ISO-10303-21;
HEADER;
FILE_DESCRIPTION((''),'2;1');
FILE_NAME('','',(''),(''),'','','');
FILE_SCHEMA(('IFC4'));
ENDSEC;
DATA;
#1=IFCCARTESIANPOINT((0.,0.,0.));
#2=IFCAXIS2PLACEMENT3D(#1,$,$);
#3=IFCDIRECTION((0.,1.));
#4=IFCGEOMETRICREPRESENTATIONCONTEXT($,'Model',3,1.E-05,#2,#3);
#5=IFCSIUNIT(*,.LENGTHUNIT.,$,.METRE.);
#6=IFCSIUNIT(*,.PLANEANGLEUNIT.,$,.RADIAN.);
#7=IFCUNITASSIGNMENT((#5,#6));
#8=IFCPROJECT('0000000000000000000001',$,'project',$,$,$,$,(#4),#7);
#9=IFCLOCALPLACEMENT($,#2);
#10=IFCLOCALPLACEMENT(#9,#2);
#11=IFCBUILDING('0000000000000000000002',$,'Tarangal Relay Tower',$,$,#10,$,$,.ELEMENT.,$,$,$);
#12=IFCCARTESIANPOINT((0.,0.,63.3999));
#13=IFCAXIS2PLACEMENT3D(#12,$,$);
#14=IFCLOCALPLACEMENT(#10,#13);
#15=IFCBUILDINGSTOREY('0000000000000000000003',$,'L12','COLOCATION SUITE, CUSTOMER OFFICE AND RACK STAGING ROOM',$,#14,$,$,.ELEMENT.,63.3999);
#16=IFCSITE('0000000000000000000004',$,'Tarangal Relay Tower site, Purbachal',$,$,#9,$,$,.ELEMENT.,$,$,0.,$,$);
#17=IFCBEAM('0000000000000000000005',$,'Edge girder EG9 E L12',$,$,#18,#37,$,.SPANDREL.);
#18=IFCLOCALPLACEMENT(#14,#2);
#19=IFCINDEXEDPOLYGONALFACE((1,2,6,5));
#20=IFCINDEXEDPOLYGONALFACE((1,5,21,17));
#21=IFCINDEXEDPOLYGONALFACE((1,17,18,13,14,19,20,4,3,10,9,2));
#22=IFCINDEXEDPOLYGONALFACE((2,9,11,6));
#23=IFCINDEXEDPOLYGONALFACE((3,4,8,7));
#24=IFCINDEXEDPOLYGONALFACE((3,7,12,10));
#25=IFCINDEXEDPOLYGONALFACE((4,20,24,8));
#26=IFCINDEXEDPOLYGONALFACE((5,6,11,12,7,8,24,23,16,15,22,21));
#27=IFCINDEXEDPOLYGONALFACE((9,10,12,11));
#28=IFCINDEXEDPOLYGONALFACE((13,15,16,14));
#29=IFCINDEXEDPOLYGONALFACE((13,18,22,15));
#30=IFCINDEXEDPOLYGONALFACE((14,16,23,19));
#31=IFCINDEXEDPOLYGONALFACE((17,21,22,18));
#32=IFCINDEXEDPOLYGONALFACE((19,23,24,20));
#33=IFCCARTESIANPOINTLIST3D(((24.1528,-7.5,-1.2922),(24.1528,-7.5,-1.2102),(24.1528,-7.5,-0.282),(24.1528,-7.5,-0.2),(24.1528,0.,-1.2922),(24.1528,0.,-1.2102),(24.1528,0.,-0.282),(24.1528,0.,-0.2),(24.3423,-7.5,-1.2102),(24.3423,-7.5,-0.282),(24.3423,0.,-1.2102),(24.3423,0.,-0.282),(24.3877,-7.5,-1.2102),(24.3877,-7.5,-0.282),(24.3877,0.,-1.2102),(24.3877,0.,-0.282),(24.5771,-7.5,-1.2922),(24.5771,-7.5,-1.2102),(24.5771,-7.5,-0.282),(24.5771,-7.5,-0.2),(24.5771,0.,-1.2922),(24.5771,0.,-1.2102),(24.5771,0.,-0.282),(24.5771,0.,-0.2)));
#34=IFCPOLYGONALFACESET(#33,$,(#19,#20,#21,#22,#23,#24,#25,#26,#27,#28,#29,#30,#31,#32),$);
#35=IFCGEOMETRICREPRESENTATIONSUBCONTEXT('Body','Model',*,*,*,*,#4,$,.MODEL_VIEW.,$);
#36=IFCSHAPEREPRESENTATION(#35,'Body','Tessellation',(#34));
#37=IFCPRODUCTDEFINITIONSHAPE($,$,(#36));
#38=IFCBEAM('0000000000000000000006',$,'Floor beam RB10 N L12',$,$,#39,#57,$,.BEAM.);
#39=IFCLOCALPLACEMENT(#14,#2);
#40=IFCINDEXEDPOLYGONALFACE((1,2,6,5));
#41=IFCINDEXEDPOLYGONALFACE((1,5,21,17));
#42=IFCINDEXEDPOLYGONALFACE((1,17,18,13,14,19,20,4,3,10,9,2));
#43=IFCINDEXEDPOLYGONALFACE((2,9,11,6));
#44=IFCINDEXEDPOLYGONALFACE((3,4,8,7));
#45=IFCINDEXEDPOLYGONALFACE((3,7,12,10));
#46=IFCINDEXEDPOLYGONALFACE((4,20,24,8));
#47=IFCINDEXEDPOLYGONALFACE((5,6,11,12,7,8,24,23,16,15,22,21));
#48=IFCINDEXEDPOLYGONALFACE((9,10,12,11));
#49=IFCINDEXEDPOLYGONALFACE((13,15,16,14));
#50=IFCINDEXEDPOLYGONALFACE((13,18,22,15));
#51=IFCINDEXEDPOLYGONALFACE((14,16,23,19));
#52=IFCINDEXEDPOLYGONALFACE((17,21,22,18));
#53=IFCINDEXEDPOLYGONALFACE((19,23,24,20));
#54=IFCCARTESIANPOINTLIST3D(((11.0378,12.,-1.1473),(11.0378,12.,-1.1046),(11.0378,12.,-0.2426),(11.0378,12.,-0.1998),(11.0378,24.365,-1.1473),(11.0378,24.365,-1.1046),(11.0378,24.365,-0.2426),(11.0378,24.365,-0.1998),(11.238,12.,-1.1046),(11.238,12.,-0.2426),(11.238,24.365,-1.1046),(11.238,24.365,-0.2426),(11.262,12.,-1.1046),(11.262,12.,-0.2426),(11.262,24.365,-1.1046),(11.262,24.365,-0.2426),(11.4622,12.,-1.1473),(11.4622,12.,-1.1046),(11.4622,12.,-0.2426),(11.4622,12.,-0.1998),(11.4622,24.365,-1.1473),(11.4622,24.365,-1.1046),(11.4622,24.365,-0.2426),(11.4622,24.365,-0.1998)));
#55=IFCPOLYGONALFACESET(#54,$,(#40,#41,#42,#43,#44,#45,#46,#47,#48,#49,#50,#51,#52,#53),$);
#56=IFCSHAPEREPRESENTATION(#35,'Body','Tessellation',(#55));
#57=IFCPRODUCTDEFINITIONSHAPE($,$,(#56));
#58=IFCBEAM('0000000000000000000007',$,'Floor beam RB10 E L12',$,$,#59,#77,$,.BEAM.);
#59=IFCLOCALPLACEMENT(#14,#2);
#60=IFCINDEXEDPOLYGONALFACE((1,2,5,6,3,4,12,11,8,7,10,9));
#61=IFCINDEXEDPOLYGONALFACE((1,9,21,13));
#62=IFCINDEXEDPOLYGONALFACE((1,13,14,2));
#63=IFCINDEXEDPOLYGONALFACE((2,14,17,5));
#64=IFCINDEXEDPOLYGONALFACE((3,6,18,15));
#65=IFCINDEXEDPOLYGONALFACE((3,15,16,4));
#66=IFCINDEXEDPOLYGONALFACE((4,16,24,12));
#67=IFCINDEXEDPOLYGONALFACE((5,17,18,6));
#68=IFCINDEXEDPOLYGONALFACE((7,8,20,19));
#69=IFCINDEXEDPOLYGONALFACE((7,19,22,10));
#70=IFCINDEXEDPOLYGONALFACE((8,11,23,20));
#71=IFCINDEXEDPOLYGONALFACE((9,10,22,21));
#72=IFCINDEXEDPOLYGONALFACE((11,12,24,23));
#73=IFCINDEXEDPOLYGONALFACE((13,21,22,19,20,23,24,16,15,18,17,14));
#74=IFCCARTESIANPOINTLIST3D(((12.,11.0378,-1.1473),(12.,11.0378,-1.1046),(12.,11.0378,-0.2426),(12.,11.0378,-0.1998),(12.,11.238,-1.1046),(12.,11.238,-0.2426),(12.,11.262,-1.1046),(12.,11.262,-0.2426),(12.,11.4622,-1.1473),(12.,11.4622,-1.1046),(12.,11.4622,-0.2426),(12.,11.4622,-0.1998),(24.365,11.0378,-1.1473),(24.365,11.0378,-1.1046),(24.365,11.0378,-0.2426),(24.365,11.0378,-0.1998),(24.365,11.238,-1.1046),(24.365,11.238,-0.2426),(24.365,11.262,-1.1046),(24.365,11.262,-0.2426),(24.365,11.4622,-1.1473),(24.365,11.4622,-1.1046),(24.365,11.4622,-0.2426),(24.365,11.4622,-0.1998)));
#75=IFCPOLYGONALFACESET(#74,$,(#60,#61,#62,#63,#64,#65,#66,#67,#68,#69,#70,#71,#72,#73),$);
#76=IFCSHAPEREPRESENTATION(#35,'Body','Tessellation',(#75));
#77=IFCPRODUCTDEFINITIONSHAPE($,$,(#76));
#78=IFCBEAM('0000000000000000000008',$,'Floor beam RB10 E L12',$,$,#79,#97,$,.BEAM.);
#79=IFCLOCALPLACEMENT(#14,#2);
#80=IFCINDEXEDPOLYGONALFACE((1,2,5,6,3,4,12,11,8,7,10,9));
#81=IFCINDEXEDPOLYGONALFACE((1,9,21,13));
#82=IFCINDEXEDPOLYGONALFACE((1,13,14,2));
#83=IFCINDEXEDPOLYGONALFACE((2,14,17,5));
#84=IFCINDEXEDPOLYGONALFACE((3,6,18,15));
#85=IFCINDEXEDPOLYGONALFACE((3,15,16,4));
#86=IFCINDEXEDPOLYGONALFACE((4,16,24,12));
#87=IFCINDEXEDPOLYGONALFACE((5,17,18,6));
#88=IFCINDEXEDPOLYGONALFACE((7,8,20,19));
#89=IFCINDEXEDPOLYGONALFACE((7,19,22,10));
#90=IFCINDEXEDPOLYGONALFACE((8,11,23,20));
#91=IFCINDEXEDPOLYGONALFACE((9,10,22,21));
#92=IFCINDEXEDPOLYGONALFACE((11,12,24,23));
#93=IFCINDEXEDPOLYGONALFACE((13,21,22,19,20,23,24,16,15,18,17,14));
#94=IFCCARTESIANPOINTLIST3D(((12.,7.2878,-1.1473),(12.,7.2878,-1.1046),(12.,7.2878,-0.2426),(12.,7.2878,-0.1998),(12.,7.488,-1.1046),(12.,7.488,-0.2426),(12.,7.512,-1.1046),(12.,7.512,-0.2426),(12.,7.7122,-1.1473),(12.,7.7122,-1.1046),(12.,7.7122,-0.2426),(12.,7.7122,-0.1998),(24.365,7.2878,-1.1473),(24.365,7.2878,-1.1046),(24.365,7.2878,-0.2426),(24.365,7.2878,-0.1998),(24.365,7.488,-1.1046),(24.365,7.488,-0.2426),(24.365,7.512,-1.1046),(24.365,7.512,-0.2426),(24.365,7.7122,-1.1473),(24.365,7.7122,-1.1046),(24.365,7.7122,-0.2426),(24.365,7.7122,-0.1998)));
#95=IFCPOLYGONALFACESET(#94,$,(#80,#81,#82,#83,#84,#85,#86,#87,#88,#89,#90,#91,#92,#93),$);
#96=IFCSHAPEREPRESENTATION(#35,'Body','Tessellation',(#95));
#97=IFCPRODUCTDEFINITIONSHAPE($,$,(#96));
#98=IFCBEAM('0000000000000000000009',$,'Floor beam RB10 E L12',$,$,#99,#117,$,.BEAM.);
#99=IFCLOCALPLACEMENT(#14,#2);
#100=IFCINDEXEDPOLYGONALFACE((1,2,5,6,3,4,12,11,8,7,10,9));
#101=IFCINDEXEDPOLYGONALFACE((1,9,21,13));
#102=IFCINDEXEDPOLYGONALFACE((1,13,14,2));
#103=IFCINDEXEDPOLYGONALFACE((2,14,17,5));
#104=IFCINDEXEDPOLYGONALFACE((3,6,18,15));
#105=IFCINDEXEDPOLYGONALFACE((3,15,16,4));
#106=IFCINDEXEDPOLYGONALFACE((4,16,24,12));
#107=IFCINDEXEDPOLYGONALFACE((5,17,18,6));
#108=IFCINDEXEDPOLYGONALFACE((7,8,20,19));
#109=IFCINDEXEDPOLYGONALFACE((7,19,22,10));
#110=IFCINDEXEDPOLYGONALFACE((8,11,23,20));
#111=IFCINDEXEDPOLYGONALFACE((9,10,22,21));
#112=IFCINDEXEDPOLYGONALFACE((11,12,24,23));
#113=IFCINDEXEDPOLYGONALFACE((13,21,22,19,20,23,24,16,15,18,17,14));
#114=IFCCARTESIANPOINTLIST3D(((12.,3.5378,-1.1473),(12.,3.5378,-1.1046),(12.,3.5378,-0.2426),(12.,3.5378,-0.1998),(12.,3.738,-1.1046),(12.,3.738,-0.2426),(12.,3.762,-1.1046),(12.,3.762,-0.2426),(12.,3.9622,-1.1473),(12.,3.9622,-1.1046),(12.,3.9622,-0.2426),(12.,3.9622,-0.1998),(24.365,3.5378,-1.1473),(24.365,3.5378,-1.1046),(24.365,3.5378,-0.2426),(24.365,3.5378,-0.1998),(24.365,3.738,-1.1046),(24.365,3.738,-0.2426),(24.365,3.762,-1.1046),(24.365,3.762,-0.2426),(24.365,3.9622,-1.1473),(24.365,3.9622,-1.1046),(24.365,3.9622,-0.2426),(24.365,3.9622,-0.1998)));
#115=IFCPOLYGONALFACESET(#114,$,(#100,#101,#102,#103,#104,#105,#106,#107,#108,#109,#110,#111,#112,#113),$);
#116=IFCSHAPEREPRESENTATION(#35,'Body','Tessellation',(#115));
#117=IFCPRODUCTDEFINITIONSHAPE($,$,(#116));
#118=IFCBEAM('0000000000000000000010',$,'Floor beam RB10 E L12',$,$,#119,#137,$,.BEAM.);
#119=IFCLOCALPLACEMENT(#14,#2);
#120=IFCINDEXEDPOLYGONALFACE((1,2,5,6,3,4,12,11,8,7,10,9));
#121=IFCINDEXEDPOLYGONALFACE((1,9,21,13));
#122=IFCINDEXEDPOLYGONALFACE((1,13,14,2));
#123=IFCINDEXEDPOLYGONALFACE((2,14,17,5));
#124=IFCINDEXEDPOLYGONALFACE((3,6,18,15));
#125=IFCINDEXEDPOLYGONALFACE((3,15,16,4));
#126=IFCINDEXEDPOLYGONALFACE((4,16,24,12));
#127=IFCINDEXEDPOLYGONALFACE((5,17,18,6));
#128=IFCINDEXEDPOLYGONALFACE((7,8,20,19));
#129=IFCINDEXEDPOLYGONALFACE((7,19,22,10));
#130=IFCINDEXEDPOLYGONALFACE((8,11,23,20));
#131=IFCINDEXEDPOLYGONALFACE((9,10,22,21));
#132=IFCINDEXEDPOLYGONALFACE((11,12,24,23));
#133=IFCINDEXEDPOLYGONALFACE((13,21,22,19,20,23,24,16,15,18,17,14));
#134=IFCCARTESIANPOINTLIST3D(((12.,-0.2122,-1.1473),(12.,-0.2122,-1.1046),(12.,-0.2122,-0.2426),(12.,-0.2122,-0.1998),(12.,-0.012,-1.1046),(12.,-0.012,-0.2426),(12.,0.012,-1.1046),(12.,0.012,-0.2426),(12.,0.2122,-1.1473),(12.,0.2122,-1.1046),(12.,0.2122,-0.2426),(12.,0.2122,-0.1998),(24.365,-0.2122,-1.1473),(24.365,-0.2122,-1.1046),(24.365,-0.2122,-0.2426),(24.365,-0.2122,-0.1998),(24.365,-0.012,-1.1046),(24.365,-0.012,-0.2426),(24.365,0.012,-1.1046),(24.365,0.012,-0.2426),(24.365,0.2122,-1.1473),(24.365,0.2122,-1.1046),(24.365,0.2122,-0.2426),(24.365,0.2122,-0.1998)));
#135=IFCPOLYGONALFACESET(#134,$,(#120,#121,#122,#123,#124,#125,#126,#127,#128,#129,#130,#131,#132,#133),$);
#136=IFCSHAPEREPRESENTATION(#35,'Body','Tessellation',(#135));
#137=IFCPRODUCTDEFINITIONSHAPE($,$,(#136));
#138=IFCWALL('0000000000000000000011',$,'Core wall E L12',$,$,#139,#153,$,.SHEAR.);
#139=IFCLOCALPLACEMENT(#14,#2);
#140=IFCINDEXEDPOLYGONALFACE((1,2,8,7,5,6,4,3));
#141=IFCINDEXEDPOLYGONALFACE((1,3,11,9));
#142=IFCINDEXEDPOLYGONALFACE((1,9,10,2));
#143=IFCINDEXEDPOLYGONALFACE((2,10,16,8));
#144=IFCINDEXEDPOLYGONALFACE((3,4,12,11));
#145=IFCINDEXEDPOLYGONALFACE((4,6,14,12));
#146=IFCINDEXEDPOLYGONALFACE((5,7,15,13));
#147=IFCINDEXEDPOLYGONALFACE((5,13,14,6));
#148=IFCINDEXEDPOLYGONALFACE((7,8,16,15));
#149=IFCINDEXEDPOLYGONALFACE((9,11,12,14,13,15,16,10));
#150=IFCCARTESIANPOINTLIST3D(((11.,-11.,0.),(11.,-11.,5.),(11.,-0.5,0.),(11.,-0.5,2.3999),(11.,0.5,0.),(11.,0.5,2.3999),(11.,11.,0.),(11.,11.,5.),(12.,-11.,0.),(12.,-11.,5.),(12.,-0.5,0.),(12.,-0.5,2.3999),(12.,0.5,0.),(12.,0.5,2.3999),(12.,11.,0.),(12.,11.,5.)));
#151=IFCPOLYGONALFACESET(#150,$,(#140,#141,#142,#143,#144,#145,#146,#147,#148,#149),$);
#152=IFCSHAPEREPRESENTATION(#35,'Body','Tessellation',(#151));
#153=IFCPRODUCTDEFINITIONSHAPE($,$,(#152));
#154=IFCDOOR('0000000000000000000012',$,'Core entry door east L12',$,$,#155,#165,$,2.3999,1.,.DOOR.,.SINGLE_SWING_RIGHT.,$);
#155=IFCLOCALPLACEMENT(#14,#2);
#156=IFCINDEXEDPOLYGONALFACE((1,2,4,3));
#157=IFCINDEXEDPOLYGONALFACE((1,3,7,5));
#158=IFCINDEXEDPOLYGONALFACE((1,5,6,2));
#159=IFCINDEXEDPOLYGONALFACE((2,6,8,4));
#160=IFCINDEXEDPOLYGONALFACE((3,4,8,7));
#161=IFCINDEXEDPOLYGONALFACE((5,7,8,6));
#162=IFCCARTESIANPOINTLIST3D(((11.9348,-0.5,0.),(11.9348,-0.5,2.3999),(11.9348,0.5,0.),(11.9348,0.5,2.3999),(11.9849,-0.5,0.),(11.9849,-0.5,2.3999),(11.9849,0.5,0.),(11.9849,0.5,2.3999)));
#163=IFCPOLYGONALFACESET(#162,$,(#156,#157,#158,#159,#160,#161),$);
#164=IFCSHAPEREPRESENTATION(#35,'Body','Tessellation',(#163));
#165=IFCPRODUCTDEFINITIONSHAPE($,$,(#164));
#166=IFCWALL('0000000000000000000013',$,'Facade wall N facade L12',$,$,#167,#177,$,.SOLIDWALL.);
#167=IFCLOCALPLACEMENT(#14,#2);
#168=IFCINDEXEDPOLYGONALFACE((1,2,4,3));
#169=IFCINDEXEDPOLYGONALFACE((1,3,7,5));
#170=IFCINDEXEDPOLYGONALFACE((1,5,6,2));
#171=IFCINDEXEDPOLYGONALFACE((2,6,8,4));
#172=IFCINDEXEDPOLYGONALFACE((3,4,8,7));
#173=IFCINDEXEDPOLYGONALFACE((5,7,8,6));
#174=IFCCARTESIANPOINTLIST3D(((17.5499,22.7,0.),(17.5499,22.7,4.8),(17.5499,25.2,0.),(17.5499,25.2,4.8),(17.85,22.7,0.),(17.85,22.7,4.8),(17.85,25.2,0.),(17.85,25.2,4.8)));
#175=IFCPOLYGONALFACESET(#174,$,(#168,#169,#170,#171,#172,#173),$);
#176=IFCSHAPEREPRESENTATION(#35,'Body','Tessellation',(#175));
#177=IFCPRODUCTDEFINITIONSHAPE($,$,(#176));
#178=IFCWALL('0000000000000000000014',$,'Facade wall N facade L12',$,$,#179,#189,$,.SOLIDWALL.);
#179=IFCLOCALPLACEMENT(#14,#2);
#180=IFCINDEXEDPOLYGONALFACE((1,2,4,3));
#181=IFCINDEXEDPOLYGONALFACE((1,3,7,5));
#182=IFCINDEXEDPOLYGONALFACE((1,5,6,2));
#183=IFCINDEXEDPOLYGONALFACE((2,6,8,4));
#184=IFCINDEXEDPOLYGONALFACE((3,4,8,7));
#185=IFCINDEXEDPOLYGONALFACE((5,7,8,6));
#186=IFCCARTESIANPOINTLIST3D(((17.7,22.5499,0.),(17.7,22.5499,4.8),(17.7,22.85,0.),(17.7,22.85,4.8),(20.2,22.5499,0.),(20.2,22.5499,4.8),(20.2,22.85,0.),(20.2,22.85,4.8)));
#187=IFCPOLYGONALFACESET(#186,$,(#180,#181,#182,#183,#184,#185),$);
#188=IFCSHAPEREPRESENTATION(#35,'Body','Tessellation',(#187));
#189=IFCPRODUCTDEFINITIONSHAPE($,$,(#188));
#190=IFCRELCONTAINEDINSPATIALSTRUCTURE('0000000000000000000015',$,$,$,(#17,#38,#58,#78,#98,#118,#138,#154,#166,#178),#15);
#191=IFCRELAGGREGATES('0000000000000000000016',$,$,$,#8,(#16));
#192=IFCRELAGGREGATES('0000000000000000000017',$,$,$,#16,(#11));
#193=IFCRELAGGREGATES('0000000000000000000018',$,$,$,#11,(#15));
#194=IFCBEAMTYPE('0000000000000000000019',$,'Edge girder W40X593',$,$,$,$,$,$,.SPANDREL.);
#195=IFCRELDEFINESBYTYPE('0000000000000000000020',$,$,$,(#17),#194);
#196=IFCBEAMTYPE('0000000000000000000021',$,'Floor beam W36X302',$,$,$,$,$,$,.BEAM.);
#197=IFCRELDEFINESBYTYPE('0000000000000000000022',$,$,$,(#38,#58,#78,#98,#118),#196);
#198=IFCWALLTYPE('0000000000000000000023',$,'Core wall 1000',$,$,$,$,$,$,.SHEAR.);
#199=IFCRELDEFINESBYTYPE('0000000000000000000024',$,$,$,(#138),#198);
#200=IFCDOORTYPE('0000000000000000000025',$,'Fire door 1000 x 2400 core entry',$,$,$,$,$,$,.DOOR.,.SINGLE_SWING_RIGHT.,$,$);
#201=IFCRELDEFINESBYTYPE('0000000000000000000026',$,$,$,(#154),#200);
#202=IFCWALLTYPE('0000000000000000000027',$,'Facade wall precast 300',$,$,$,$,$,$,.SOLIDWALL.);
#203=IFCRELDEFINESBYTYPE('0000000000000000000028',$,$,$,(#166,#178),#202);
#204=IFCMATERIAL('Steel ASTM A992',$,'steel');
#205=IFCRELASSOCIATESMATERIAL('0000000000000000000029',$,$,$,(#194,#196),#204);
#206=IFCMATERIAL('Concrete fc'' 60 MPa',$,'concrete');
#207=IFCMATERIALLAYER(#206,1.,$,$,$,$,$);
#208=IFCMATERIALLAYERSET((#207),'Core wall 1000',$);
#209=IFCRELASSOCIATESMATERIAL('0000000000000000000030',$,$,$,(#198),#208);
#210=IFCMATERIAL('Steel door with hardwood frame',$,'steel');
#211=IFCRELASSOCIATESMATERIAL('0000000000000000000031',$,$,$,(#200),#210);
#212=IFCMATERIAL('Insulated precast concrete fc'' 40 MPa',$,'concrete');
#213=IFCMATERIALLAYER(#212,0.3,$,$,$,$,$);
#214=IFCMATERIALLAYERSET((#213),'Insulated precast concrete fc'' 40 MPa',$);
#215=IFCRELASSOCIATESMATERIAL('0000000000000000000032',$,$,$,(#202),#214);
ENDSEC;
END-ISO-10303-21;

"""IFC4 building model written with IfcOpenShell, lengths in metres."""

from ifc_helpers import new_model, si_unit, direction, frame, frame_2d, origin, origin_2d, place, context, subcontext, project, spatial, rectangle, i_section, extrude, material, layer, layer_set, material_profile, profile_set, type_object, element, fill, save


model = new_model("IFC4")

# Units and contexts
model_context = context("Model", 3, precision=1e-05, world=origin(), true_north=direction((0.0, 1.0)))
body_context = subcontext(model_context, "Body", "Model", "MODEL_VIEW")
ifc_project = project(units=[si_unit("LENGTHUNIT", "METRE"), si_unit("PLANEANGLEUNIT", "RADIAN")], contexts=[model_context])

# Site, building, storey
site_placement = place(None, origin())
site = spatial("IfcSite", under=ifc_project, at=site_placement, Name="Tarangal Relay Tower site, Purbachal", CompositionType="ELEMENT", RefElevation=0.0)
building_placement = place(site_placement, origin())
building = spatial("IfcBuilding", under=site, at=building_placement, Name="Tarangal Relay Tower", CompositionType="ELEMENT")
storey_placement = place(building_placement, frame((0.0, 0.0, 63.3999)))
storey = spatial("IfcBuildingStorey", under=building, at=storey_placement, Name="L12", Description="COLOCATION SUITE, CUSTOMER OFFICE AND RACK STAGING ROOM", CompositionType="ELEMENT", Elevation=63.3999)

# Beams
ifc_material_1 = material(Name="Steel ASTM A992", Category="steel")
ifc_material_profile_1 = material_profile(ifc_material_1, i_section(OverallWidth=0.4243, OverallDepth=1.0923, WebThickness=0.0454, FlangeThickness=0.082, at=origin_2d()), Name="W40X593")
ifc_profile_set_1 = profile_set([ifc_material_profile_1], Name="Steel ASTM A992")
beam_type_1 = type_object("IfcBeamType", Name="Edge girder W40X593", PredefinedType="SPANDREL", material=ifc_profile_set_1)
for number, where, z_axis, x_axis, name in (
    (1, (24.365, 0.0, -0.7461), (0.0, -1.0, 0.0), (1.0, 0.0, 0.0), "Edge girder EG9 E L12"),
):
    element("IfcBeam", number, at=place(storey_placement, frame(where, z_axis=z_axis, x_axis=x_axis)), inside=storey, type_object=beam_type_1, Name=name, PredefinedType="SPANDREL", context=body_context, shape_type="SweptSolid", body=[
        extrude(i_section(OverallWidth=0.4243, OverallDepth=1.0923, WebThickness=0.0454, FlangeThickness=0.082, at=origin_2d()), origin(), (0.0, 0.0, 1.0), 7.5),
    ])
ifc_material_profile_2 = material_profile(ifc_material_1, i_section(OverallWidth=0.4243, OverallDepth=0.9475, WebThickness=0.0239, FlangeThickness=0.0427, at=origin_2d()), Name="W36X302")
ifc_profile_set_2 = profile_set([ifc_material_profile_2], Name="Steel ASTM A992")
beam_type_2 = type_object("IfcBeamType", Name="Floor beam W36X302", PredefinedType="BEAM", material=ifc_profile_set_2)
for number, where, z_axis, x_axis, name in (
    (2, (11.25, 12.0, -0.6736), (0.0, 1.0, 0.0), (-1.0, 0.0, 0.0), "Floor beam RB10 N L12"),
    (3, (12.0, 11.25, -0.6736), (1.0, 0.0, 0.0), (0.0, 1.0, 0.0), "Floor beam RB10 E L12"),
    (4, (12.0, 7.5, -0.6736), (1.0, 0.0, 0.0), (0.0, 1.0, 0.0), "Floor beam RB10 E L12"),
    (5, (12.0, 3.75, -0.6736), (1.0, 0.0, 0.0), (0.0, 1.0, 0.0), "Floor beam RB10 E L12"),
    (6, (12.0, 0.0, -0.6736), (1.0, 0.0, 0.0), (0.0, 1.0, 0.0), "Floor beam RB10 E L12"),
):
    element("IfcBeam", number, at=place(storey_placement, frame(where, z_axis=z_axis, x_axis=x_axis)), inside=storey, type_object=beam_type_2, Name=name, PredefinedType="BEAM", context=body_context, shape_type="SweptSolid", body=[
        extrude(i_section(OverallWidth=0.4243, OverallDepth=0.9475, WebThickness=0.0239, FlangeThickness=0.0427, at=origin_2d()), origin(), (0.0, 0.0, 1.0), 12.365),
    ])

# Wall, opening, door
ifc_material_2 = material(Name="Concrete fc' 60 MPa", Category="concrete")
ifc_layer_1 = layer(ifc_material_2, 1.0)
ifc_layer_set_1 = layer_set([ifc_layer_1], Name="Core wall 1000")
wall_type_1 = type_object("IfcWallType", Name="Core wall 1000", PredefinedType="SHEAR", material=ifc_layer_set_1)
wall_1_placement = place(storey_placement, frame((11.5, 11.0, 0.0), z_axis=(0.0, 0.0, 1.0), x_axis=(0.0, -1.0, 0.0)))
wall_1 = element("IfcWall", 7, at=wall_1_placement, inside=storey, type_object=wall_type_1, Name="Core wall E L12", PredefinedType="SHEAR", context=body_context, shape_type="SweptSolid", body=[
    extrude(rectangle(XDim=22.0, YDim=1.0, at=frame_2d((11.0, 0.0))), origin(), (0.0, 0.0, 1.0), 5.0),
])
opening_1_placement = place(wall_1_placement, frame((10.5, 0.0, 0.0)))
opening_1 = element("IfcOpeningElement", 8, at=opening_1_placement, cuts=wall_1, PredefinedType="OPENING", context=body_context, shape_type="SweptSolid", body=[
    extrude(rectangle(XDim=1.0, YDim=2.3999, at=frame_2d((0.5, 1.2))), frame((0.0, 0.51, 0.0), z_axis=(0.0, -1.0, 0.0), x_axis=(1.0, 0.0, 0.0)), (0.0, 0.0, 1.0), 1.02),
])
ifc_material_3 = material(Name="Steel door with hardwood frame", Category="steel")
door_type_1 = type_object("IfcDoorType", Name="Fire door 1000 x 2400 core entry", OperationType="SINGLE_SWING_RIGHT", PredefinedType="DOOR", material=ifc_material_3)
door_1_placement = place(opening_1_placement, origin())
door_1 = element("IfcDoor", 9, at=door_1_placement, inside=storey, type_object=door_type_1, Name="Core entry door east L12", OperationType="SINGLE_SWING_RIGHT", OverallHeight=2.3999, OverallWidth=1.0, PredefinedType="DOOR", context=body_context, shape_type="SweptSolid", body=[
    extrude(rectangle(XDim=1.0, YDim=2.3999, at=frame_2d((0.5, 1.2))), frame((0.0, 0.4849, 0.0), z_axis=(0.0, -1.0, 0.0), x_axis=(1.0, 0.0, 0.0)), (0.0, 0.0, 1.0), 0.05),
])
fill(opening_1, door_1)

# Walls
ifc_material_4 = material(Name="Insulated precast concrete fc' 40 MPa", Category="concrete")
ifc_layer_2 = layer(ifc_material_4, 0.3)
ifc_layer_set_2 = layer_set([ifc_layer_2], Name="Insulated precast concrete fc' 40 MPa")
wall_type_2 = type_object("IfcWallType", Name="Facade wall precast 300", PredefinedType="SOLIDWALL", material=ifc_layer_set_2)
for number, where, z_axis, x_axis, name in (
    (10, (17.7, 25.2, 0.0), (0.0, 0.0, 1.0), (0.0, -1.0, 0.0), "Facade wall N facade L12"),
    (11, (17.7, 22.7, 0.0), (0.0, 0.0, 1.0), (1.0, 0.0, 0.0), "Facade wall N facade L12"),
):
    element("IfcWall", number, at=place(storey_placement, frame(where, z_axis=z_axis, x_axis=x_axis)), inside=storey, type_object=wall_type_2, Name=name, PredefinedType="SOLIDWALL", context=body_context, shape_type="SweptSolid", body=[
        extrude(rectangle(XDim=2.5, YDim=0.3, at=frame_2d((1.25, 0.0))), origin(), (0.0, 0.0, 1.0), 4.8),
    ])

save(model, "model.ifc")
